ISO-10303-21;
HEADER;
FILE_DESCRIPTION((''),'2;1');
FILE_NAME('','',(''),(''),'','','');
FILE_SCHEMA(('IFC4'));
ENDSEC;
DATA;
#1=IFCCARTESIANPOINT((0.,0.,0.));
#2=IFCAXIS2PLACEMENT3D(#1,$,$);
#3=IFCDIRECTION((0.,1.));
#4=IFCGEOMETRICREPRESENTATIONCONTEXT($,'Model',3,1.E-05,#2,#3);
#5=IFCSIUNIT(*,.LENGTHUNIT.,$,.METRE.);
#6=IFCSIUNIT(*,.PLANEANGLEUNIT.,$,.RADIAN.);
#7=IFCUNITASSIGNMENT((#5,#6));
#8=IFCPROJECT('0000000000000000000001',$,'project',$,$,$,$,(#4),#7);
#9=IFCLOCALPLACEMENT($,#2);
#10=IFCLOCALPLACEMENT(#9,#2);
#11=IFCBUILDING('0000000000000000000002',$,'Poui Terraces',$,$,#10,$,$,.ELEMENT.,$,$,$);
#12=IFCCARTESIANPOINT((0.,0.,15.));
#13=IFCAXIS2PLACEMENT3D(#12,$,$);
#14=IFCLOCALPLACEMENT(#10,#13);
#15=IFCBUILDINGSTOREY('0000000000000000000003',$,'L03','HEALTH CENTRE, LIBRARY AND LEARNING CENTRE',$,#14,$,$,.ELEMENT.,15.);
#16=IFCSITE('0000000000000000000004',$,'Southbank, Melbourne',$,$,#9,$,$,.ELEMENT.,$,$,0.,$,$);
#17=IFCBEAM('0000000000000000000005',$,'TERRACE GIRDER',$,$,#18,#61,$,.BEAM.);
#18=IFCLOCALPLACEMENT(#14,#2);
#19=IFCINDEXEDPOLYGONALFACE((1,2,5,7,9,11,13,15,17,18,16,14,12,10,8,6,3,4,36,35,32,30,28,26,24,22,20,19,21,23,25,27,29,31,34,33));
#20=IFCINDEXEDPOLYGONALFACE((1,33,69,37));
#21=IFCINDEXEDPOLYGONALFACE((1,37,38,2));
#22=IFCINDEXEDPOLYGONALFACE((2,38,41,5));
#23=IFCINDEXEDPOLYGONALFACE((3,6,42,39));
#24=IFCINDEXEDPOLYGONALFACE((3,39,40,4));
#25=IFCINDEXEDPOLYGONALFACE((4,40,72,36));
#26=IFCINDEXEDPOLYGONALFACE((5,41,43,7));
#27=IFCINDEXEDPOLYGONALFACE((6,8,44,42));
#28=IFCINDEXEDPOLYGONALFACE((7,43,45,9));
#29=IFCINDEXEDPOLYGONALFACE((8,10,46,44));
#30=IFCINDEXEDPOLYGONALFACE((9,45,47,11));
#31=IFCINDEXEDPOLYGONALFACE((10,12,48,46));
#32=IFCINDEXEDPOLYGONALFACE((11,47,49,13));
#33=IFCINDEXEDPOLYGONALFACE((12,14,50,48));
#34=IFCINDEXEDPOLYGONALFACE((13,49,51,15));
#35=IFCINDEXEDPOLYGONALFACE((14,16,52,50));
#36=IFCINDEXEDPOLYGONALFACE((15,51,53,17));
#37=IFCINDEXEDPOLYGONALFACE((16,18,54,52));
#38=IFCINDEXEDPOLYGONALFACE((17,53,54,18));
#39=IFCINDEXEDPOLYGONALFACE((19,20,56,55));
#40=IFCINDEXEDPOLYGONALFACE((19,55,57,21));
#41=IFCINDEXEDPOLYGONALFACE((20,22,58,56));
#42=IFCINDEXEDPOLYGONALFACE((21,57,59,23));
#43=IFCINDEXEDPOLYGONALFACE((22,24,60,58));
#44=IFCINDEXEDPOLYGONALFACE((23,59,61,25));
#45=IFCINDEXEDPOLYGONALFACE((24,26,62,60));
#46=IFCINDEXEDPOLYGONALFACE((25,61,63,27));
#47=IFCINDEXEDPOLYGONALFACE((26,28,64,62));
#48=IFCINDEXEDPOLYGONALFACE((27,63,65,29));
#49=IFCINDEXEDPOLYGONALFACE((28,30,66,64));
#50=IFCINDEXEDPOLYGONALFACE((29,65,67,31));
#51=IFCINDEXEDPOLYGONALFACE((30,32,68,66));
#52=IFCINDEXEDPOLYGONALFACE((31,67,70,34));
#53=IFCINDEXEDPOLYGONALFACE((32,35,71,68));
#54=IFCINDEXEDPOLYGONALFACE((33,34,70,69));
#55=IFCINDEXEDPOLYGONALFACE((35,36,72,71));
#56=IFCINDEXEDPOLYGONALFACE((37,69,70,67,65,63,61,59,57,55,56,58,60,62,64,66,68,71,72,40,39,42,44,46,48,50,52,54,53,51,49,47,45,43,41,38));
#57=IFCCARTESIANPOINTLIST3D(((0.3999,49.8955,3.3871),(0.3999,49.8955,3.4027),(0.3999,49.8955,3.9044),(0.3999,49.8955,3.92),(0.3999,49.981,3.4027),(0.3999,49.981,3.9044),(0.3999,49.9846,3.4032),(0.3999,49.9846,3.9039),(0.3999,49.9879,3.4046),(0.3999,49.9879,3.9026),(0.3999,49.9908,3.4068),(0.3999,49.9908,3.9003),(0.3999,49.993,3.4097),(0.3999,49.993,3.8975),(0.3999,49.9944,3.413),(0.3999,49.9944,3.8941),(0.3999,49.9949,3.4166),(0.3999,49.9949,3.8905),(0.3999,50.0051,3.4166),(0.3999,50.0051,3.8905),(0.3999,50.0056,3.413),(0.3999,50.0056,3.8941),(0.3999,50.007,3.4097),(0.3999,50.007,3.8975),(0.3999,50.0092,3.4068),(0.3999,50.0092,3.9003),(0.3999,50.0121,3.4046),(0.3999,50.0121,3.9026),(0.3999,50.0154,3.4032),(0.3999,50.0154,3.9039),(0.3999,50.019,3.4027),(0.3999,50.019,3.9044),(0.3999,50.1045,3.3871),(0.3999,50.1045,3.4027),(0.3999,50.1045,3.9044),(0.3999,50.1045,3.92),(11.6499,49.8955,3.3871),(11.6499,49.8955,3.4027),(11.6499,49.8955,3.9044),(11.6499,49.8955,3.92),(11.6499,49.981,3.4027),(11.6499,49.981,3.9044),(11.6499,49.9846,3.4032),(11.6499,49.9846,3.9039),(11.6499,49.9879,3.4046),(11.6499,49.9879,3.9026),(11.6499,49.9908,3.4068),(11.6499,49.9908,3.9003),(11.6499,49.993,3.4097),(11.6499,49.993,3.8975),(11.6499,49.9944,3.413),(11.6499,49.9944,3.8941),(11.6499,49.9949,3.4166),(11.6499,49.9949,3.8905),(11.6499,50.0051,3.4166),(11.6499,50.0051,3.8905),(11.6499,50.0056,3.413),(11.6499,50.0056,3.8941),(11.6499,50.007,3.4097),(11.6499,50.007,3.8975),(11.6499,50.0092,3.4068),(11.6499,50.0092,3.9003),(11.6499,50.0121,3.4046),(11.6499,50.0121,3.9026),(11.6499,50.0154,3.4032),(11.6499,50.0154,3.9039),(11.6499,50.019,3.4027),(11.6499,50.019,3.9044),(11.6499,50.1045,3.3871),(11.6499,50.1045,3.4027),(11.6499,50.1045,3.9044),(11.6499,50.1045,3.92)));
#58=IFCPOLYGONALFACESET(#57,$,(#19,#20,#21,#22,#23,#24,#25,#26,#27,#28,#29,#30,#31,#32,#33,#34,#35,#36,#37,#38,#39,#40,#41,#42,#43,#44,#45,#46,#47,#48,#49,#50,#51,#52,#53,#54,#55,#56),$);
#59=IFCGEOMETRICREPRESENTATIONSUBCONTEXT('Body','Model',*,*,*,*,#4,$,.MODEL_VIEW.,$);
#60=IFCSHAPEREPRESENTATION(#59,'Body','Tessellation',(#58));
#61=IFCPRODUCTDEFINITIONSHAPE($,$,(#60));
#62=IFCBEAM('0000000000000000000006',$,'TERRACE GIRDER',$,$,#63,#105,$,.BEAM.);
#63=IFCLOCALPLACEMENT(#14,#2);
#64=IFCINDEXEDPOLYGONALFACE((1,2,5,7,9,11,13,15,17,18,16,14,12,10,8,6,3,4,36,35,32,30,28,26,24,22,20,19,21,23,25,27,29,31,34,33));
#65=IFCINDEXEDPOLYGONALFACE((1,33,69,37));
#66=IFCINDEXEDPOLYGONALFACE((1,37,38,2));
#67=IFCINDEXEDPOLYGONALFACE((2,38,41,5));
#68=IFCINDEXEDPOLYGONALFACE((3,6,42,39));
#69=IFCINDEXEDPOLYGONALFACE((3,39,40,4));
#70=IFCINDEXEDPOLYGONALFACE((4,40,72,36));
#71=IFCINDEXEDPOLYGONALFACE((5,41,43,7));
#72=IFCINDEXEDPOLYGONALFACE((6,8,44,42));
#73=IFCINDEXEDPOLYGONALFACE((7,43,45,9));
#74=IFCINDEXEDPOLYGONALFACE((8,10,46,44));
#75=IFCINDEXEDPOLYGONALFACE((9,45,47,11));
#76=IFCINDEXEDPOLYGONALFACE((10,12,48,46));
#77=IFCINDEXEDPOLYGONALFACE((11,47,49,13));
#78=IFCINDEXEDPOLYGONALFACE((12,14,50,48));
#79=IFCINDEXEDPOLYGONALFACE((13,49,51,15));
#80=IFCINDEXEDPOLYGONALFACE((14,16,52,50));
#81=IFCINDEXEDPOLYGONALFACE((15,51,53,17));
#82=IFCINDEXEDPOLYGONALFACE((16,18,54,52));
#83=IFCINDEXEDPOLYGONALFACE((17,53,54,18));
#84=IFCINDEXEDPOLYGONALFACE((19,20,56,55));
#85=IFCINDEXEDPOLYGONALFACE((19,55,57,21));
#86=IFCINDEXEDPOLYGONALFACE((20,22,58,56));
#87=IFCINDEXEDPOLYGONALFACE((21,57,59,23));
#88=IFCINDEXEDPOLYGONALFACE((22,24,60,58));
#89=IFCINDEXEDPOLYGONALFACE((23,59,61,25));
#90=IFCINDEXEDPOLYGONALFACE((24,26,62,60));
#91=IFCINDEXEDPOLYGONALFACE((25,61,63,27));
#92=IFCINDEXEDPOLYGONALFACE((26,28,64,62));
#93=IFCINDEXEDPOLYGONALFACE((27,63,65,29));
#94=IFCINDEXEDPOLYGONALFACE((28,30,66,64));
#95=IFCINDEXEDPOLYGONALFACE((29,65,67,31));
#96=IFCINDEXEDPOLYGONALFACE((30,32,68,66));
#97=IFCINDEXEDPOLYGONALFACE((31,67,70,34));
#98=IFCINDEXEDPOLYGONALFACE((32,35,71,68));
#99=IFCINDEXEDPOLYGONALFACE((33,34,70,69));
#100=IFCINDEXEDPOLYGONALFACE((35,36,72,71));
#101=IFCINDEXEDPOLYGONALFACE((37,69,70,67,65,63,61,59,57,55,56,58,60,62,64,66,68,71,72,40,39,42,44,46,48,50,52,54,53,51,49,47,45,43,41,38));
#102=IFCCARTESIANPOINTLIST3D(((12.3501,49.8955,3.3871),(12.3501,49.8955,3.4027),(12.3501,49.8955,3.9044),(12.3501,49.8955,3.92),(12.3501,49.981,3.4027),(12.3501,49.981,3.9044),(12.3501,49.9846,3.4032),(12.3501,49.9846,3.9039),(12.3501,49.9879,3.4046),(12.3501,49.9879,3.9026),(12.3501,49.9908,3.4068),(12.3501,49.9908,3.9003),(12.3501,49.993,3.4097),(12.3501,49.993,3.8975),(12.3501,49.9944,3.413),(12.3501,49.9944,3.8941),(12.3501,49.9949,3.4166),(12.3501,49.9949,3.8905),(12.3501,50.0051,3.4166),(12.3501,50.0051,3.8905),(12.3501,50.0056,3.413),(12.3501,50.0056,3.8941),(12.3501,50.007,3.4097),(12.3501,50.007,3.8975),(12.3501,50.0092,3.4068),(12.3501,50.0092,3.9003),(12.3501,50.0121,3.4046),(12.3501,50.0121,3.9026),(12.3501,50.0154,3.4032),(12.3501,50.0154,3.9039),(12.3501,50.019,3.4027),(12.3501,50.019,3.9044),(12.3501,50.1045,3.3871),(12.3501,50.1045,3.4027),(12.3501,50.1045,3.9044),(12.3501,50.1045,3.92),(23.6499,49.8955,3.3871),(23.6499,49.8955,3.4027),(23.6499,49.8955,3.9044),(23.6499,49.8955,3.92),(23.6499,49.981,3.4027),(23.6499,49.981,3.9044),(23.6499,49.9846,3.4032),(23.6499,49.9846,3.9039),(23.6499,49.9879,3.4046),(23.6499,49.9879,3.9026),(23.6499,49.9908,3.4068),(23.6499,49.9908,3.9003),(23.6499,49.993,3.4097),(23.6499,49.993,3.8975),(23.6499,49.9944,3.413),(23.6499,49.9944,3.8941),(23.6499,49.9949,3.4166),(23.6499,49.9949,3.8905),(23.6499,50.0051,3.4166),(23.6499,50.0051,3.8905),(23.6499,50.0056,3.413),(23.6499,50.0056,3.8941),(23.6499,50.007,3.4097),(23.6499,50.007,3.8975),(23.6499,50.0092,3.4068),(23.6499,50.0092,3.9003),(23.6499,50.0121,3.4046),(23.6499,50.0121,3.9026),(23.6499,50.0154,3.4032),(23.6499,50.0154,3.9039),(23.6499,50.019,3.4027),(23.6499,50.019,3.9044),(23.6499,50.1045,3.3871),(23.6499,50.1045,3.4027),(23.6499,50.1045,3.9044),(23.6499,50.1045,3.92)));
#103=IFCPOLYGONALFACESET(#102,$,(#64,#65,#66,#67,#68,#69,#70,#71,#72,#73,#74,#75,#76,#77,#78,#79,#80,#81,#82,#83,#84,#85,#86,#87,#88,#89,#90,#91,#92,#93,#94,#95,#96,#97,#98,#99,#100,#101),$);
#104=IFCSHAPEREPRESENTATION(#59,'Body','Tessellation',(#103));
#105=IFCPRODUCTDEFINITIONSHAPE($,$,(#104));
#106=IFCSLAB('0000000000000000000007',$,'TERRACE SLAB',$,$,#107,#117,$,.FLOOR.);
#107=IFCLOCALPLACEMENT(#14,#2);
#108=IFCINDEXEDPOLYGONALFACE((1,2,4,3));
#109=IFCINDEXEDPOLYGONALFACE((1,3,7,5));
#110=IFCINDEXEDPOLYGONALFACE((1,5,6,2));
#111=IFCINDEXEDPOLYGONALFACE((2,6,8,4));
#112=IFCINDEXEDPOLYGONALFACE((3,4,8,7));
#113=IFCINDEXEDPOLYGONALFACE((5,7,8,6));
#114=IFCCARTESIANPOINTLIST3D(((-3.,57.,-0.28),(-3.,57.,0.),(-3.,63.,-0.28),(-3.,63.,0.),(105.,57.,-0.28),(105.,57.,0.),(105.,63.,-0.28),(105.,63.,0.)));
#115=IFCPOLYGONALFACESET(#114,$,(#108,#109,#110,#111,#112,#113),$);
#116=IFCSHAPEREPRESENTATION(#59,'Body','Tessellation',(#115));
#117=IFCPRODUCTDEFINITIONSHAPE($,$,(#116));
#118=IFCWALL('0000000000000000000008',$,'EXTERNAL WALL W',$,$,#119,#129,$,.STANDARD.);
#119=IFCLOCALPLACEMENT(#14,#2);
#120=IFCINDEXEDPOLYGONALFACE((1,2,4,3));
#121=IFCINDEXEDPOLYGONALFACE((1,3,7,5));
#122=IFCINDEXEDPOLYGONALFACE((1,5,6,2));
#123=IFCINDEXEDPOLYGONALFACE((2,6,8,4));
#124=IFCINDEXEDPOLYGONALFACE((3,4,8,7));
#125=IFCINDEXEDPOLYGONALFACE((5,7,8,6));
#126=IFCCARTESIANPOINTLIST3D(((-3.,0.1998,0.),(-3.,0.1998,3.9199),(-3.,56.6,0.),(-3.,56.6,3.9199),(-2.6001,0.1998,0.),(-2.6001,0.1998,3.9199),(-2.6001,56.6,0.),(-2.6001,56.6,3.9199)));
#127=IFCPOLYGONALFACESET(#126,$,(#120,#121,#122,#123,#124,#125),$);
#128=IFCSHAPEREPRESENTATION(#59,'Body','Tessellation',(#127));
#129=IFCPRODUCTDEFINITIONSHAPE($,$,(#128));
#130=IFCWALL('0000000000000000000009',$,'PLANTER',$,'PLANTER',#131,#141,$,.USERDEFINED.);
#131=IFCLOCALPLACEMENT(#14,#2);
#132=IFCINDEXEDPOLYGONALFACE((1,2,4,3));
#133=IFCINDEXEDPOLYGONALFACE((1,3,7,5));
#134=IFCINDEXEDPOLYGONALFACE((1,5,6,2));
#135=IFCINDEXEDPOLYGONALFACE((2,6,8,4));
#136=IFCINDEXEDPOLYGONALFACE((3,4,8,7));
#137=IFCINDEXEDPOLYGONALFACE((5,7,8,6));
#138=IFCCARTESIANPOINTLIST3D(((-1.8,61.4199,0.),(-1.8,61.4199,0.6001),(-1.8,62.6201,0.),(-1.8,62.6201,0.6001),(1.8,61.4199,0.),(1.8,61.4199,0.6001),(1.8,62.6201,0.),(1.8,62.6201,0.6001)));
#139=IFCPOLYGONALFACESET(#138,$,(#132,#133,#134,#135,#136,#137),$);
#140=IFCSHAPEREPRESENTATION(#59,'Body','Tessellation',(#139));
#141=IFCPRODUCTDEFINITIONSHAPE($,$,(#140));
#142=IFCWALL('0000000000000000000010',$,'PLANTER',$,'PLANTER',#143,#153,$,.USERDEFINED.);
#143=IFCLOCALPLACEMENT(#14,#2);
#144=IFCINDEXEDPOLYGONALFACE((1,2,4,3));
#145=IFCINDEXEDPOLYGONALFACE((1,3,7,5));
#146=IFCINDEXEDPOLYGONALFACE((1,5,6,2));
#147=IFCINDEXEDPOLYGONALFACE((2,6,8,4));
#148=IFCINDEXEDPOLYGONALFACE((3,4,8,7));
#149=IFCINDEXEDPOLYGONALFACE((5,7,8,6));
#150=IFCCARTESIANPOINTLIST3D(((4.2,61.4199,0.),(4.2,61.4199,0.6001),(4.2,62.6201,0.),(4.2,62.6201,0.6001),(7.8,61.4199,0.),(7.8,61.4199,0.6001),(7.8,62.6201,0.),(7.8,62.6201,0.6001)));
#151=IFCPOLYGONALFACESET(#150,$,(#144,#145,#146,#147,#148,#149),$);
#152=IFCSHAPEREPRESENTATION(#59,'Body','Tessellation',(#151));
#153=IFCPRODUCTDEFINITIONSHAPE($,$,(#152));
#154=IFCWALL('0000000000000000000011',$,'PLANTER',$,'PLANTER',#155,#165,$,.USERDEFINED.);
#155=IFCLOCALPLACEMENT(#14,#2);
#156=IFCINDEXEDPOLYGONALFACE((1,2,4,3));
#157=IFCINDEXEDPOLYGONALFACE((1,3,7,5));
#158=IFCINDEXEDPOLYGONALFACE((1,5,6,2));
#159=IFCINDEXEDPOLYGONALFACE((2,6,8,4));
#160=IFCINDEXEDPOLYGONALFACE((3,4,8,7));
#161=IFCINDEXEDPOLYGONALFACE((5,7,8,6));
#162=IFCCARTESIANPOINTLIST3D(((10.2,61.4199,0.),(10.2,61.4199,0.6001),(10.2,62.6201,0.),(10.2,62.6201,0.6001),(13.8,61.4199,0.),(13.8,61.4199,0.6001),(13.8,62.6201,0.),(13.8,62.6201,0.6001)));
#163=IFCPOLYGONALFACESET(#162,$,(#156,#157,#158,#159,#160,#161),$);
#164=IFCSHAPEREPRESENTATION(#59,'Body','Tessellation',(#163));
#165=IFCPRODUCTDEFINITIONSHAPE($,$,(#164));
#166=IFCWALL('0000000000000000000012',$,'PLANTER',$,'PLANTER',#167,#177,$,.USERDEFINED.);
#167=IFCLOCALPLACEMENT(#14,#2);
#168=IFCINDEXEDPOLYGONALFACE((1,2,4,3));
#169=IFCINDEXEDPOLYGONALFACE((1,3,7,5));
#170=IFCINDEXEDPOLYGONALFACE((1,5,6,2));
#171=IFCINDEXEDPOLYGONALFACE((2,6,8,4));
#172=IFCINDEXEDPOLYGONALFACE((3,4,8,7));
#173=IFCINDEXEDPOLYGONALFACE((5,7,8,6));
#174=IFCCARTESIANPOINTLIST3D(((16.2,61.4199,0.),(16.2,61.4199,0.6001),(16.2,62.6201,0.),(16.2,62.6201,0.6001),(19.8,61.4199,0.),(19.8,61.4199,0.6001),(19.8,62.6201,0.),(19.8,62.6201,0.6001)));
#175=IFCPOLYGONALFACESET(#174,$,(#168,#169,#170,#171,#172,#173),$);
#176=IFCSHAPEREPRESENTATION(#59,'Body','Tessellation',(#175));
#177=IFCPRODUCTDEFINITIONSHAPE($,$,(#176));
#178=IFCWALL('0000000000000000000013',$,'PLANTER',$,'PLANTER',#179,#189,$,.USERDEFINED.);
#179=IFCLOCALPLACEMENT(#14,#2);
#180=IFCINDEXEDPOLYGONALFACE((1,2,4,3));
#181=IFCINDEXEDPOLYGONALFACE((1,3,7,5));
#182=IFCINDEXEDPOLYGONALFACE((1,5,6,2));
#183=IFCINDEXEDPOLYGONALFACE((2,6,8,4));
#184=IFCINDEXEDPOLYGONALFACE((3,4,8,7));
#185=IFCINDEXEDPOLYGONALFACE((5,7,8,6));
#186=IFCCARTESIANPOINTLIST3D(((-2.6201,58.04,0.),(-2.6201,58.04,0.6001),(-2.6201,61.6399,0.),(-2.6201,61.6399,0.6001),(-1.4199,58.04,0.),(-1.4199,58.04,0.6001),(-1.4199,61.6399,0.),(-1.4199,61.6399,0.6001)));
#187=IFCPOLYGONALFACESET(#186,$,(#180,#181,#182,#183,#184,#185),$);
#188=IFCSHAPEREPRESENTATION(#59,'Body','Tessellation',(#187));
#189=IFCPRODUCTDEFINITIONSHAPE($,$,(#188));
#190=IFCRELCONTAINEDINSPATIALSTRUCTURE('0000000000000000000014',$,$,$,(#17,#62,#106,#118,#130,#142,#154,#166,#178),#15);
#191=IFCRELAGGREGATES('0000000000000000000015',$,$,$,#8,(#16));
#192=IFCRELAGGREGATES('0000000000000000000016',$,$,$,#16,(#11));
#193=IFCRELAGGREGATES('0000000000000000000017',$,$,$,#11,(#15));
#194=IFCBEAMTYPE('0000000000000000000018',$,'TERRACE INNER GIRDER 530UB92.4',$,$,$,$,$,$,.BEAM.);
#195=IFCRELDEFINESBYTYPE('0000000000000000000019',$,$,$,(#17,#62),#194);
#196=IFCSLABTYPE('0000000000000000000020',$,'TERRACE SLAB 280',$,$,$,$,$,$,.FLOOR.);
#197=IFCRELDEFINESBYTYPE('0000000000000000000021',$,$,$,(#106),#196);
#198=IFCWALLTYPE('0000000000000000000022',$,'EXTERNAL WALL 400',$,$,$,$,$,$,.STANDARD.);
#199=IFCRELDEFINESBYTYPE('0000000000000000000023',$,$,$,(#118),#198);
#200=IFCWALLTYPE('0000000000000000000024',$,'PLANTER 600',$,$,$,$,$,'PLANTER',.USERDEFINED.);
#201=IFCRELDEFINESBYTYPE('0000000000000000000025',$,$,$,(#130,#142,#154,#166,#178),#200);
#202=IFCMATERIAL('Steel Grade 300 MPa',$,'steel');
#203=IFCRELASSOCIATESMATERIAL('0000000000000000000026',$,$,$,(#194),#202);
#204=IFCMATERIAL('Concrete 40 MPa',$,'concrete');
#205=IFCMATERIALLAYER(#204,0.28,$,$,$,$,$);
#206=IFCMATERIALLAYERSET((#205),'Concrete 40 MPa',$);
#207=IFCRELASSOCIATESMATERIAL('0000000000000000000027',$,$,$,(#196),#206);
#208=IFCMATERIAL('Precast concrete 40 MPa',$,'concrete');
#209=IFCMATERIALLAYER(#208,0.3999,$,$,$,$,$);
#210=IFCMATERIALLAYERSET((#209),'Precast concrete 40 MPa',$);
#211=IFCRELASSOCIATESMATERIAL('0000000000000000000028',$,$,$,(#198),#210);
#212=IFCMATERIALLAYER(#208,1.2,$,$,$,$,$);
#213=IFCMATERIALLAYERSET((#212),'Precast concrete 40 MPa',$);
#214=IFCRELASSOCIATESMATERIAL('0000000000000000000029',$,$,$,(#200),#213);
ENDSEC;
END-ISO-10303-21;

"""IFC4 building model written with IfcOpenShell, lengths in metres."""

from ifc_helpers import new_model, si_unit, direction, frame, frame_2d, origin, origin_2d, place, context, subcontext, project, spatial, polyline, rectangle, i_section, outline, extrude, source, transform, mapped, material, layer, layer_set, material_profile, profile_set, type_object, element, save


model = new_model("IFC4")

# Units and contexts
model_context = context("Model", 3, precision=1e-05, world=origin(), true_north=direction((0.0, 1.0)))
body_context = subcontext(model_context, "Body", "Model", "MODEL_VIEW")
ifc_project = project(units=[si_unit("LENGTHUNIT", "METRE"), si_unit("PLANEANGLEUNIT", "RADIAN")], contexts=[model_context])

# Site, building, storey
site_placement = place(None, origin())
site = spatial("IfcSite", under=ifc_project, at=site_placement, Name="Southbank, Melbourne", CompositionType="ELEMENT", RefElevation=0.0)
building_placement = place(site_placement, origin())
building = spatial("IfcBuilding", under=site, at=building_placement, Name="Poui Terraces", CompositionType="ELEMENT")
storey_placement = place(building_placement, frame((0.0, 0.0, 15.0)))
storey = spatial("IfcBuildingStorey", under=building, at=storey_placement, Name="L03", Description="HEALTH CENTRE, LIBRARY AND LEARNING CENTRE", CompositionType="ELEMENT", Elevation=15.0)

# Beams
ifc_material_1 = material(Name="Steel Grade 300 MPa", Category="steel")
ifc_material_profile_1 = material_profile(ifc_material_1, i_section(OverallWidth=0.209, OverallDepth=0.533, WebThickness=0.0103, FlangeThickness=0.0156, FilletRadius=0.0139, at=origin_2d()), Name="530UB92.4")
ifc_profile_set_1 = profile_set([ifc_material_profile_1], Name="Steel Grade 300 MPa")
beam_type_1 = type_object("IfcBeamType", Name="TERRACE INNER GIRDER 530UB92.4", PredefinedType="BEAM", material=ifc_profile_set_1)
shared_shape_1 = source(origin(), body_context, "Body", "SweptSolid", [
    extrude(i_section(OverallWidth=0.209, OverallDepth=0.533, WebThickness=0.0103, FlangeThickness=0.0156, FilletRadius=0.0139, at=origin_2d()), origin(), (0.0, 0.0, 1.0), 11.25),
])
beam_1_placement = place(storey_placement, frame((0.3999, 50.0, 3.6536), z_axis=(1.0, 0.0, 0.0), x_axis=(0.0, 1.0, 0.0)))
element("IfcBeam", 1, at=beam_1_placement, inside=storey, type_object=beam_type_1, Name="TERRACE GIRDER", PredefinedType="BEAM", context=body_context, shape_type="MappedRepresentation", body=[
    mapped(shared_shape_1, transform((0.0, 0.0, 0.0))),
])
shared_shape_2 = source(origin(), body_context, "Body", "SweptSolid", [
    extrude(i_section(OverallWidth=0.209, OverallDepth=0.533, WebThickness=0.0103, FlangeThickness=0.0156, FilletRadius=0.0139, at=origin_2d()), origin(), (0.0, 0.0, 1.0), 11.2998),
])
beam_2_placement = place(storey_placement, frame((12.3501, 50.0, 3.6536), z_axis=(1.0, 0.0, 0.0), x_axis=(0.0, 1.0, 0.0)))
element("IfcBeam", 2, at=beam_2_placement, inside=storey, type_object=beam_type_1, Name="TERRACE GIRDER", PredefinedType="BEAM", context=body_context, shape_type="MappedRepresentation", body=[
    mapped(shared_shape_2, transform((0.0, 0.0, 0.0))),
])

# Slab
ifc_material_2 = material(Name="Concrete 40 MPa", Category="concrete")
ifc_layer_1 = layer(ifc_material_2, 0.28)
ifc_layer_set_1 = layer_set([ifc_layer_1], Name="Concrete 40 MPa")
slab_type = type_object("IfcSlabType", Name="TERRACE SLAB 280", PredefinedType="FLOOR", material=ifc_layer_set_1)
shared_shape_3 = source(origin(), body_context, "Body", "SweptSolid", [
    extrude(outline(polyline([(0.0, 0.0), (0.0, -6.0), (108.0, -6.0), (108.0, 0.0), (0.0, 0.0)])), origin(), (0.0, 0.0, 1.0), 0.28),
])
slab_placement = place(storey_placement, frame((-3.0, 63.0, -0.28)))
element("IfcSlab", 3, at=slab_placement, inside=storey, type_object=slab_type, Name="TERRACE SLAB", PredefinedType="FLOOR", context=body_context, shape_type="MappedRepresentation", body=[
    mapped(shared_shape_3, transform((0.0, 0.0, 0.0))),
])

# Walls
ifc_material_3 = material(Name="Precast concrete 40 MPa", Category="concrete")
ifc_layer_2 = layer(ifc_material_3, 0.3999)
ifc_layer_set_2 = layer_set([ifc_layer_2], Name="Precast concrete 40 MPa")
wall_type_1 = type_object("IfcWallType", Name="EXTERNAL WALL 400", PredefinedType="STANDARD", material=ifc_layer_set_2)
wall_1_placement = place(storey_placement, frame((-2.8, 56.6001, 0.0), z_axis=(0.0, 0.0, 1.0), x_axis=(0.0, -1.0, 0.0)))
element("IfcWall", 4, at=wall_1_placement, inside=storey, type_object=wall_type_1, Name="EXTERNAL WALL W", PredefinedType="STANDARD", context=body_context, shape_type="SweptSolid", body=[
    extrude(rectangle(XDim=56.4001, YDim=0.3999, at=frame_2d((28.2002, 0.0))), origin(), (0.0, 0.0, 1.0), 3.9199),
])
ifc_layer_3 = layer(ifc_material_3, 1.2)
ifc_layer_set_3 = layer_set([ifc_layer_3], Name="Precast concrete 40 MPa")
wall_type_2 = type_object("IfcWallType", Name="PLANTER 600", ElementType="PLANTER", PredefinedType="USERDEFINED", material=ifc_layer_set_3)
shared_shape_4 = source(origin(), body_context, "Body", "SweptSolid", [
    extrude(outline(polyline([(0.0, 0.0), (3.6001, 0.0), (3.6001, 1.2002), (0.0, 1.2002), (0.0, 0.0)])), origin(), (0.0, 0.0, 1.0), 0.6001),
])
for number, where, name in (
    (5, (-1.8, 61.4199, 0.0), "PLANTER"),
    (6, (4.2, 61.4199, 0.0), "PLANTER"),
    (7, (10.2, 61.4199, 0.0), "PLANTER"),
    (8, (16.2, 61.4199, 0.0), "PLANTER"),
):
    element("IfcWall", number, at=place(storey_placement, frame(where)), inside=storey, type_object=wall_type_2, Name=name, ObjectType="PLANTER", PredefinedType="USERDEFINED", context=body_context, shape_type="MappedRepresentation", body=[
        mapped(shared_shape_4, transform((0.0, 0.0, 0.0))),
    ])
shared_shape_5 = source(origin(), body_context, "Body", "SweptSolid", [
    extrude(outline(polyline([(0.0, 0.0), (1.2002, 0.0), (1.2002, 3.5999), (0.0, 3.5999), (0.0, 0.0)])), origin(), (0.0, 0.0, 1.0), 0.6001),
])
wall_2_placement = place(storey_placement, frame((-2.6201, 58.04, 0.0)))
element("IfcWall", 9, at=wall_2_placement, inside=storey, type_object=wall_type_2, Name="PLANTER", ObjectType="PLANTER", PredefinedType="USERDEFINED", context=body_context, shape_type="MappedRepresentation", body=[
    mapped(shared_shape_5, transform((0.0, 0.0, 0.0))),
])

save(model, "model.ifc")
